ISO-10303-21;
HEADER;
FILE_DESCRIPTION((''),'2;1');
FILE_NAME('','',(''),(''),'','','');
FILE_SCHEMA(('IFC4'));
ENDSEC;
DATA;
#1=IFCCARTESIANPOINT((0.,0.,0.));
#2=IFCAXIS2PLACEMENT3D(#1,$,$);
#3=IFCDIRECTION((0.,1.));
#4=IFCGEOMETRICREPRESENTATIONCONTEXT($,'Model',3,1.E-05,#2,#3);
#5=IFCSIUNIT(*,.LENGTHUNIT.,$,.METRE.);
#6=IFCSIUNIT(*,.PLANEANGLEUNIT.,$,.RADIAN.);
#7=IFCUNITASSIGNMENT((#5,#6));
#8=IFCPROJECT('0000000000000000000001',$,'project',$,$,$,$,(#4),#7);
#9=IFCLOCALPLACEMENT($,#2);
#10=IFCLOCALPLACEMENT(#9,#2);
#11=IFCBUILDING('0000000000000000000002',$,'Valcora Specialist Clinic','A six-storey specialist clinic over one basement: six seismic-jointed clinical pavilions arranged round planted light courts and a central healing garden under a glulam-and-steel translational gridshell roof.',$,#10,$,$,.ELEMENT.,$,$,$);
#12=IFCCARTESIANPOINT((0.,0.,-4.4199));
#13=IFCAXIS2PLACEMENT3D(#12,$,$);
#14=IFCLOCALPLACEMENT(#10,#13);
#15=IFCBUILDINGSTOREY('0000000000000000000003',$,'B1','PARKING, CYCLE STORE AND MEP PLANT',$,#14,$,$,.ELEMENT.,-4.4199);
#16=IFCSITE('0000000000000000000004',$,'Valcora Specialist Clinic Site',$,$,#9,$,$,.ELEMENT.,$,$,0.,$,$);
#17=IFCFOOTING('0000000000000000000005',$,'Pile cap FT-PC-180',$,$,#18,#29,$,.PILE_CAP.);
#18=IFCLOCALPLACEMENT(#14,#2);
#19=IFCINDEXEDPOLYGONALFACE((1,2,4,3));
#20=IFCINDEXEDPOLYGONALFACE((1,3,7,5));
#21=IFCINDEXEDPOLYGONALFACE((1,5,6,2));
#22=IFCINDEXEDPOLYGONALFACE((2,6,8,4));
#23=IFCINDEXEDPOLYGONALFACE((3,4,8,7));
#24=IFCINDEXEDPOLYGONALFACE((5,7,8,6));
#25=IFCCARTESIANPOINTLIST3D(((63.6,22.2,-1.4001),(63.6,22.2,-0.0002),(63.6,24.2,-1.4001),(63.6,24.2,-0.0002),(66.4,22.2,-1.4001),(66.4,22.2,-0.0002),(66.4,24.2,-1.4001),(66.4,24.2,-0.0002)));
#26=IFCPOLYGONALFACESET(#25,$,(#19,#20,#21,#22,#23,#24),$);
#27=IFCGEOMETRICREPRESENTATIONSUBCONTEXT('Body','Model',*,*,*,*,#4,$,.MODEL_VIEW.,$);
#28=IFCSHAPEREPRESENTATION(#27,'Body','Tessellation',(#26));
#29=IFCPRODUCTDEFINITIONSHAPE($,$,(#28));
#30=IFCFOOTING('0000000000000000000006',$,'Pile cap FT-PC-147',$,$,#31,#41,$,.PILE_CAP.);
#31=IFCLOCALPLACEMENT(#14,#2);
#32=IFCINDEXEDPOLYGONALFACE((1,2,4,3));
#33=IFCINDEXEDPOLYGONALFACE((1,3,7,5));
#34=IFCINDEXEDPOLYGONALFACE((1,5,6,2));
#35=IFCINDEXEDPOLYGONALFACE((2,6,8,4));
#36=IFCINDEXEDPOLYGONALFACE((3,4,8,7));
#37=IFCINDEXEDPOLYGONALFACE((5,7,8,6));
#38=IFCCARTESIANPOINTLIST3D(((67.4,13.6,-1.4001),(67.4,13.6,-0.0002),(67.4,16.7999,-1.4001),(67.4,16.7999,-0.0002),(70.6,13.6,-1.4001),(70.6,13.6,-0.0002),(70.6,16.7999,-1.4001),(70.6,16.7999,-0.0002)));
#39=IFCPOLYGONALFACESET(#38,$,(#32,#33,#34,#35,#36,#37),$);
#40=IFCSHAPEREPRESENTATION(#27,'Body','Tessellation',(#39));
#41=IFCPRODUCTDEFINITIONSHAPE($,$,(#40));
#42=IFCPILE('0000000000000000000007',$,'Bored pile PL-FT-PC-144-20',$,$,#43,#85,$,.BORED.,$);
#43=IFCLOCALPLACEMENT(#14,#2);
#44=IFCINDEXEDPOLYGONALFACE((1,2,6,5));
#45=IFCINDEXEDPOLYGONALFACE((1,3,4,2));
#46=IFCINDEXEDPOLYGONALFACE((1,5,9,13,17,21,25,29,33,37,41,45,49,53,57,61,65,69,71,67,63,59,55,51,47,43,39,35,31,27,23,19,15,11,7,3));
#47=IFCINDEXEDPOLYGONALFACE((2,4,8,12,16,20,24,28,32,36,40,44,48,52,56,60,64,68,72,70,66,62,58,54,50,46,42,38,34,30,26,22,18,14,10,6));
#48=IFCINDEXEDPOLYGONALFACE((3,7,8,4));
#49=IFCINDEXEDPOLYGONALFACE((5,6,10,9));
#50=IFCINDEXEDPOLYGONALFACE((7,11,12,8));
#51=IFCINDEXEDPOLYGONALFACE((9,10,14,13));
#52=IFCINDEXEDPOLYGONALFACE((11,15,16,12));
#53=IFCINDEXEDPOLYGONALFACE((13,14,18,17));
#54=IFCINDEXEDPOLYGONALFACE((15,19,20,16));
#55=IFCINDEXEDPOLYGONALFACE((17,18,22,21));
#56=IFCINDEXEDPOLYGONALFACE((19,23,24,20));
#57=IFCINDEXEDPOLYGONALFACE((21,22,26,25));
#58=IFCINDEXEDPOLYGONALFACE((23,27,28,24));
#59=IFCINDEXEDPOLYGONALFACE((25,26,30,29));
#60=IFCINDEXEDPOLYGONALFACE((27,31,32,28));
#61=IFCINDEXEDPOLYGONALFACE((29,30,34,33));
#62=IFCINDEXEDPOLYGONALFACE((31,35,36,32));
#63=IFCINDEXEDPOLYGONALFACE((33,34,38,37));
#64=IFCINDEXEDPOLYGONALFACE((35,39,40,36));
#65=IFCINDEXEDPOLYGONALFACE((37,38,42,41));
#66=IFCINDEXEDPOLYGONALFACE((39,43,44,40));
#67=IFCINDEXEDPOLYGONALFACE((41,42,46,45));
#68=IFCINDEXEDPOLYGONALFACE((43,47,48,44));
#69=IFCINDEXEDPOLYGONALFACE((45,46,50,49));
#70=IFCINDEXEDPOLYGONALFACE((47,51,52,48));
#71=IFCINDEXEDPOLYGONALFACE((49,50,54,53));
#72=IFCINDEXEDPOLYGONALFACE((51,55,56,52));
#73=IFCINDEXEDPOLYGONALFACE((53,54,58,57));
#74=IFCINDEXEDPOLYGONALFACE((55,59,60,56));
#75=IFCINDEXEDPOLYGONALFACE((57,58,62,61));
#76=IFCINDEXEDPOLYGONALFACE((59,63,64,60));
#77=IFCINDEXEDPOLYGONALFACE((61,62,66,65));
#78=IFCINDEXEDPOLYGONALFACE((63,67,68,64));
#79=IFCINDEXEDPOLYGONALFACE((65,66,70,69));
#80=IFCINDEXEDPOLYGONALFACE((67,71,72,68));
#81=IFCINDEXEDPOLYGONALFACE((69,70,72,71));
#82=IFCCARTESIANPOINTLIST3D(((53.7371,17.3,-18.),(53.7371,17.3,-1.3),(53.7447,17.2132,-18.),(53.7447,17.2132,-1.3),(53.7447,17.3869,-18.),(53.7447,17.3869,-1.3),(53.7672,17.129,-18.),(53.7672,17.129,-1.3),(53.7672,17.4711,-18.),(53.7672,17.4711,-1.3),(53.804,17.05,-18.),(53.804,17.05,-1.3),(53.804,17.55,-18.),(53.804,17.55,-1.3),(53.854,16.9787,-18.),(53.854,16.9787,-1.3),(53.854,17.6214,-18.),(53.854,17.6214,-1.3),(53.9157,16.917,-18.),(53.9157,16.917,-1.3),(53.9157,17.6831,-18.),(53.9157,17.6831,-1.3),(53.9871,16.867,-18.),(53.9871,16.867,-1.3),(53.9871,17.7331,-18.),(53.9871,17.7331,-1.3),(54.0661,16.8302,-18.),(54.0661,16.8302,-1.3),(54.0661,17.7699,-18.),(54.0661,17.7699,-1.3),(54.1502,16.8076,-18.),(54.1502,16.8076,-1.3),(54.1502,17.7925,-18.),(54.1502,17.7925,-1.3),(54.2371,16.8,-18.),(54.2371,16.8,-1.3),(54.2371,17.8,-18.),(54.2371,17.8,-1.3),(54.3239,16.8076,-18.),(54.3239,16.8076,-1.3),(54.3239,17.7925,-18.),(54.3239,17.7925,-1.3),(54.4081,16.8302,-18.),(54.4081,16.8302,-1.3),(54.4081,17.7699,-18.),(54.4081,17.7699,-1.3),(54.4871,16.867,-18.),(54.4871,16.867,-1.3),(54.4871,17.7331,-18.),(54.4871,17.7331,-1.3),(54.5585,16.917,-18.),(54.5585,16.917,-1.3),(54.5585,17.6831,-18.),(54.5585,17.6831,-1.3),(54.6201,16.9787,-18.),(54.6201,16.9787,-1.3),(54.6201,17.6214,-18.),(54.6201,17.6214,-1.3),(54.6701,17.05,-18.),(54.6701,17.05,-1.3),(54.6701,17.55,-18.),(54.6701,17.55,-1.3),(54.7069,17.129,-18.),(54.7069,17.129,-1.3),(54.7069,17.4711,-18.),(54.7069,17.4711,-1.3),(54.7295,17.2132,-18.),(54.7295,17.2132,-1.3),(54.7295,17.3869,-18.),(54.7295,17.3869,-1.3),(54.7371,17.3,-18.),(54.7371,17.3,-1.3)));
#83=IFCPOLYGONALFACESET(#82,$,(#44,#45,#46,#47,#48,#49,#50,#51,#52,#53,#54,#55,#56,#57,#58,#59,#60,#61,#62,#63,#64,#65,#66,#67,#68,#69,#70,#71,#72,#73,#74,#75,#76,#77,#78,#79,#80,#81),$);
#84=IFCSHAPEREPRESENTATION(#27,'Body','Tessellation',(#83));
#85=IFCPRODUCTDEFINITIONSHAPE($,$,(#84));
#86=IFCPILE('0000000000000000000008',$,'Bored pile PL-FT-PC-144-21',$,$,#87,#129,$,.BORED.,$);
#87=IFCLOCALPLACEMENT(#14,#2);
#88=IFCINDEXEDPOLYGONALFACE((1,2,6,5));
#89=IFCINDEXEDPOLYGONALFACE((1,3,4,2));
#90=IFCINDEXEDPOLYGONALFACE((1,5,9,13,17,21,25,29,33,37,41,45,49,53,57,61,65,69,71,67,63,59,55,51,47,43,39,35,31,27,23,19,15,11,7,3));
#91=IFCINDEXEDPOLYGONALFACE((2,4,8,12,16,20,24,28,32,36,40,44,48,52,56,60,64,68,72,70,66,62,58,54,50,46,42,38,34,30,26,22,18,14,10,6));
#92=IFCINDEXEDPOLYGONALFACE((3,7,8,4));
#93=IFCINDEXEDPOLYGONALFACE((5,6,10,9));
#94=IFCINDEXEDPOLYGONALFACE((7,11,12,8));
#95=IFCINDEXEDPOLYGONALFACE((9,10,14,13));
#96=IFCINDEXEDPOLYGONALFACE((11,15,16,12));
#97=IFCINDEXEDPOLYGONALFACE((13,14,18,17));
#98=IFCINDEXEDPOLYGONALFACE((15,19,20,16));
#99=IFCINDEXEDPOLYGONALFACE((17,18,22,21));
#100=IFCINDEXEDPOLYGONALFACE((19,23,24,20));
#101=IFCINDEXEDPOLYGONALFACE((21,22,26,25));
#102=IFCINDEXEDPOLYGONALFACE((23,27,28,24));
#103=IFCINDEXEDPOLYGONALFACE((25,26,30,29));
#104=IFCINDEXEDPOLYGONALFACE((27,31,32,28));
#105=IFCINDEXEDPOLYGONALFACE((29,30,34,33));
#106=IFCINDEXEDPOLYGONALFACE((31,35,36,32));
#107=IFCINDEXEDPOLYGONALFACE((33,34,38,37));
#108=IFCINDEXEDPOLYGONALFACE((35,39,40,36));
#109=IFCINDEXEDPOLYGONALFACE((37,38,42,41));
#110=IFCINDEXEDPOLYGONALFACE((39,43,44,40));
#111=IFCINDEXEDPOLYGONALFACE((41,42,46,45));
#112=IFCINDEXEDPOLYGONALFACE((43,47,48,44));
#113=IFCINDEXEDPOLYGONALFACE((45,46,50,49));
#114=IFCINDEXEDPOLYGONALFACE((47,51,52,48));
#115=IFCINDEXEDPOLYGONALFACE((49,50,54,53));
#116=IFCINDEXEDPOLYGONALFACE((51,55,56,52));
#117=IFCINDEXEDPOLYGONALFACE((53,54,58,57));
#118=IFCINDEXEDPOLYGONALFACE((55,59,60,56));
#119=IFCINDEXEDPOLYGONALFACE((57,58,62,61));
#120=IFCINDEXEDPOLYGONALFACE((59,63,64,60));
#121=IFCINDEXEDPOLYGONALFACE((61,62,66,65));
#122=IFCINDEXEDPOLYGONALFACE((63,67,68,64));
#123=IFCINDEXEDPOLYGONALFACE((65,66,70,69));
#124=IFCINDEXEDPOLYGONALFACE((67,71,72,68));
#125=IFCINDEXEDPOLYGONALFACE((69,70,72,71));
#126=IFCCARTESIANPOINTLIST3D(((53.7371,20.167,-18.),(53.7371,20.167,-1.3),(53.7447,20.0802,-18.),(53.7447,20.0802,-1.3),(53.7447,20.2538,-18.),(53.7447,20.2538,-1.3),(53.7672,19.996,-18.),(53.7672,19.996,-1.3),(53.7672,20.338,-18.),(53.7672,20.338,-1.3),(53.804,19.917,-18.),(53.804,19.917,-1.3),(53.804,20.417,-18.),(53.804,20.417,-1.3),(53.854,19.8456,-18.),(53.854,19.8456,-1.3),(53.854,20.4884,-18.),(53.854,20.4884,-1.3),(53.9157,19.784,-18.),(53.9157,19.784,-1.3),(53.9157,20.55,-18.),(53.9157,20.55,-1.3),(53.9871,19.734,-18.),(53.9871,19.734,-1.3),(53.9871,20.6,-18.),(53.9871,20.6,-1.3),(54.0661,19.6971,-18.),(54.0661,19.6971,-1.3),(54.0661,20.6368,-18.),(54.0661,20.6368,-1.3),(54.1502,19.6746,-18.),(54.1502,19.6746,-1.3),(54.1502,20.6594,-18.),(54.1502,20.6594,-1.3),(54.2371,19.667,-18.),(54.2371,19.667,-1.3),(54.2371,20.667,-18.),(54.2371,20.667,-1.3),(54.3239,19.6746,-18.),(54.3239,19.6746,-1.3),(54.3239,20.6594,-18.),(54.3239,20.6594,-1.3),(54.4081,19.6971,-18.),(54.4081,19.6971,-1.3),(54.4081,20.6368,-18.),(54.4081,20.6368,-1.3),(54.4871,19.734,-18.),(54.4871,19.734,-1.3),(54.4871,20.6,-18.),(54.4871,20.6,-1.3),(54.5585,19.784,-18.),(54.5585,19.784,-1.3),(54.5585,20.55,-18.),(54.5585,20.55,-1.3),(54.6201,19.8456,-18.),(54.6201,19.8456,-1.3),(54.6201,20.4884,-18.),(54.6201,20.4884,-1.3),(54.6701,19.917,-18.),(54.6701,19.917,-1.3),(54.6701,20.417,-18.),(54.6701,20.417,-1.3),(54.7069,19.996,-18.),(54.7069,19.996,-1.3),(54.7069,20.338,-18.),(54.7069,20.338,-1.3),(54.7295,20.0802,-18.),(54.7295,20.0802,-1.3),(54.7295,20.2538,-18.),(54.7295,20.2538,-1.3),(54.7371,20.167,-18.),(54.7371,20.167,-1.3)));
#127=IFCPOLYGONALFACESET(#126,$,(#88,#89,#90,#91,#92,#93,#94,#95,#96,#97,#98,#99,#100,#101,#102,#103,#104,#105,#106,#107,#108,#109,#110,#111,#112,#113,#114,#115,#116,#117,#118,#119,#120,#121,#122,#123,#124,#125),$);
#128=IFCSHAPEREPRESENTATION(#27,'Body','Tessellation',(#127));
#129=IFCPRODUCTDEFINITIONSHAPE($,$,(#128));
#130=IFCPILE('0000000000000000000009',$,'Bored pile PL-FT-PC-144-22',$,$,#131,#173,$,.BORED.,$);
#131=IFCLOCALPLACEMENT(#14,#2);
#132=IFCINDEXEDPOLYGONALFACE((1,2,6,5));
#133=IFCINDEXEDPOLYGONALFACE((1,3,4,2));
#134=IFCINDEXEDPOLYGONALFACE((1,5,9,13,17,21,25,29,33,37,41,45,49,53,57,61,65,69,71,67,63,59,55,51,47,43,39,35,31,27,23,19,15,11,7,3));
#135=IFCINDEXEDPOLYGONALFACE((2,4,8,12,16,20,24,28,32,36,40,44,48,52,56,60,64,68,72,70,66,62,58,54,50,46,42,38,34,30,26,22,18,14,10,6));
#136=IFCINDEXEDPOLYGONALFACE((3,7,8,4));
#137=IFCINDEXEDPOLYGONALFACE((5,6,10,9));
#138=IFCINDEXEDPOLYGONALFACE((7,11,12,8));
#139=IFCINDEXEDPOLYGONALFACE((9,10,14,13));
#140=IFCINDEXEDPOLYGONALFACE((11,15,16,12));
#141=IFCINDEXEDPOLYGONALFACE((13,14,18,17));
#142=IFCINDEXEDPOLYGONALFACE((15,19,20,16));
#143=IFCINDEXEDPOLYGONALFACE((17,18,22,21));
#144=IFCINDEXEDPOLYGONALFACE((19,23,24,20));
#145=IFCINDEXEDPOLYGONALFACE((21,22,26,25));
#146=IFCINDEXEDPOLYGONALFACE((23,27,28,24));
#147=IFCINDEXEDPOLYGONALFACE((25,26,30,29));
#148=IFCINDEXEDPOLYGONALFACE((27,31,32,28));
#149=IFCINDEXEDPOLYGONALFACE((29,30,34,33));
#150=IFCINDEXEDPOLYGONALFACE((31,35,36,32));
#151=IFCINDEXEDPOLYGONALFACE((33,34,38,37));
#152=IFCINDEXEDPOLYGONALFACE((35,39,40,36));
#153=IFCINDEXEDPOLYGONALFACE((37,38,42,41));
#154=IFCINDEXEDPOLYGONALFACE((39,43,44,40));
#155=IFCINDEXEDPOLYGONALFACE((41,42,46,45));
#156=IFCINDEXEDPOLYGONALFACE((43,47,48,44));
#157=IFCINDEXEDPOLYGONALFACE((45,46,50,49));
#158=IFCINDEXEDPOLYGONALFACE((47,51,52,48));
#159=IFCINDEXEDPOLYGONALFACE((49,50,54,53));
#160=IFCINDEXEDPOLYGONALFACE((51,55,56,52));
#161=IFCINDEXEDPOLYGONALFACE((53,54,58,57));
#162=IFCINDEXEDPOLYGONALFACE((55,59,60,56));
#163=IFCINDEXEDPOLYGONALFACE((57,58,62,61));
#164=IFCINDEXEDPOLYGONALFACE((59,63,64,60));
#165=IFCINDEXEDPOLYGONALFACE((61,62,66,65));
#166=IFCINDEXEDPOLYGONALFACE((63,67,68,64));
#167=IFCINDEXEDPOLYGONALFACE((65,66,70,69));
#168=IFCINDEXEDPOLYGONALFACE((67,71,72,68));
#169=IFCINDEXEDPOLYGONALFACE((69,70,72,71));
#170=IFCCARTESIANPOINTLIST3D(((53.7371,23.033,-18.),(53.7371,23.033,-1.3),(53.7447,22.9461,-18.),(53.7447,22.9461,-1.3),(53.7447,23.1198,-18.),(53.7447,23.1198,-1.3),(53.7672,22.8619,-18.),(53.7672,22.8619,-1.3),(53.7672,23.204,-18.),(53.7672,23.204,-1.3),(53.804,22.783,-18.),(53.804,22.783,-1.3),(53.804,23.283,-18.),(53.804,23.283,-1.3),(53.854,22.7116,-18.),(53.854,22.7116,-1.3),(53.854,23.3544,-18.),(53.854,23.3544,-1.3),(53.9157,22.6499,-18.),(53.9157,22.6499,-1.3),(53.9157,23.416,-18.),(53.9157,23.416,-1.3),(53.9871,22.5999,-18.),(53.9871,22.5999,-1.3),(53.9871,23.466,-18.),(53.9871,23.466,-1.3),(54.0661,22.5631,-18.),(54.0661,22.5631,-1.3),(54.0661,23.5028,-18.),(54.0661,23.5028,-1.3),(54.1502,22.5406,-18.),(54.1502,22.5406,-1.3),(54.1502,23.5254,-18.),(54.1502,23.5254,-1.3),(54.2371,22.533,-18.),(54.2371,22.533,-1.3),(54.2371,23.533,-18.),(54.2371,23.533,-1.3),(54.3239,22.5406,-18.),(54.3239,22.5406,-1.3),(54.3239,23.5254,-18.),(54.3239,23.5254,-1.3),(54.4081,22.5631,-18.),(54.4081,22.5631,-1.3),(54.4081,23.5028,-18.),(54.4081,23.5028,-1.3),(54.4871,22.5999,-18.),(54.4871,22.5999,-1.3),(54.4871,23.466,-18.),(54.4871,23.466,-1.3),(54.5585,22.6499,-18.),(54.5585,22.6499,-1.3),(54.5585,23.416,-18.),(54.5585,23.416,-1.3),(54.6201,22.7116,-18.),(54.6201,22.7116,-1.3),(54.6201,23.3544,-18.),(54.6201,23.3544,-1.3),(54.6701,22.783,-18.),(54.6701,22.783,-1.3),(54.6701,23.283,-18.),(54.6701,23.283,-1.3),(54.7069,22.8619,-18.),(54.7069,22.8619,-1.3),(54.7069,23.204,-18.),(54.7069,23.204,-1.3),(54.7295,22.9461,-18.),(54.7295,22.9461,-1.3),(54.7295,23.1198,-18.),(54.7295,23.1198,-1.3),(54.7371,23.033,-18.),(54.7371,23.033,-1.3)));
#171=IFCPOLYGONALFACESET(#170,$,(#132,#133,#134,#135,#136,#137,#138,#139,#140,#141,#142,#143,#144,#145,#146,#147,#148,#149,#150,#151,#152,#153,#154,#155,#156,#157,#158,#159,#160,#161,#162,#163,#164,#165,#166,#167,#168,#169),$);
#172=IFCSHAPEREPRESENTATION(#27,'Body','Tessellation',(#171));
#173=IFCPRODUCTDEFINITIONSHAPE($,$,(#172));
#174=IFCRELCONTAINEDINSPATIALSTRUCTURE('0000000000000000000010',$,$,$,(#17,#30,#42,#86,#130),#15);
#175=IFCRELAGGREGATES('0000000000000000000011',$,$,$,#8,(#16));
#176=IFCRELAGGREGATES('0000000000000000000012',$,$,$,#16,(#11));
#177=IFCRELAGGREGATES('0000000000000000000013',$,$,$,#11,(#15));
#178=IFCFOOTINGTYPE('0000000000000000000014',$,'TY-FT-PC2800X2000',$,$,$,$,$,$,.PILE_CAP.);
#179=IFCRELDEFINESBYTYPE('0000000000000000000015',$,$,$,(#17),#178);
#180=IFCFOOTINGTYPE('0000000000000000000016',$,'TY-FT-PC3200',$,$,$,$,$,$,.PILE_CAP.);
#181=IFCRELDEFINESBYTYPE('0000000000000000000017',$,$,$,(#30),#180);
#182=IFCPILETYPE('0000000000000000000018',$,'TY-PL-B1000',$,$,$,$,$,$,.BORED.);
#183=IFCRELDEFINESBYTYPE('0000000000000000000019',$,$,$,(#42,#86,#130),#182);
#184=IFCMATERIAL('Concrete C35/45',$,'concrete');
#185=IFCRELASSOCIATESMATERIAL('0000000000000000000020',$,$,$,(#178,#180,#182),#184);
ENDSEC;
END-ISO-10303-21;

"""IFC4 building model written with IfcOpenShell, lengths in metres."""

from ifc_helpers import new_model, si_unit, direction, frame, origin, origin_2d, place, context, subcontext, project, spatial, rectangle, circle, extrude, material, material_profile, profile_set, type_object, element, save


model = new_model("IFC4")

# Units and contexts
model_context = context("Model", 3, precision=1e-05, world=origin(), true_north=direction((0.0, 1.0)))
body_context = subcontext(model_context, "Body", "Model", "MODEL_VIEW")
ifc_project = project(units=[si_unit("LENGTHUNIT", "METRE"), si_unit("PLANEANGLEUNIT", "RADIAN")], contexts=[model_context])

# Site, building, storey
site_placement = place(None, origin())
site = spatial("IfcSite", under=ifc_project, at=site_placement, Name="Valcora Specialist Clinic Site", CompositionType="ELEMENT", RefElevation=0.0)
building_placement = place(site_placement, origin())
building = spatial("IfcBuilding", under=site, at=building_placement, Name="Valcora Specialist Clinic", Description="A six-storey specialist clinic over one basement: six seismic-jointed clinical pavilions arranged round planted light courts and a central healing garden under a glulam-and-steel translational gridshell roof.", CompositionType="ELEMENT")
storey_placement = place(building_placement, frame((0.0, 0.0, -4.4199)))
storey = spatial("IfcBuildingStorey", under=building, at=storey_placement, Name="B1", Description="PARKING, CYCLE STORE AND MEP PLANT", CompositionType="ELEMENT", Elevation=-4.4199)

# Footings
ifc_material_1 = material(Name="Concrete C35/45", Category="concrete")
footing_type_1 = type_object("IfcFootingType", Name="TY-FT-PC2800X2000", PredefinedType="PILE_CAP", material=ifc_material_1)
footing_1_placement = place(storey_placement, frame((65.0, 23.2, -1.4001), z_axis=(0.0, 0.0, 1.0), x_axis=(1.0, 0.0, 0.0)))
element("IfcFooting", 1, at=footing_1_placement, inside=storey, type_object=footing_type_1, Name="Pile cap FT-PC-180", PredefinedType="PILE_CAP", context=body_context, shape_type="SweptSolid", body=[
    extrude(rectangle(XDim=2.8, YDim=2.0, at=origin_2d()), origin(), (0.0, 0.0, 1.0), 1.3999),
])
footing_type_2 = type_object("IfcFootingType", Name="TY-FT-PC3200", PredefinedType="PILE_CAP", material=ifc_material_1)
footing_2_placement = place(storey_placement, frame((69.0, 15.2, -1.4001), z_axis=(0.0, 0.0, 1.0), x_axis=(1.0, 0.0, 0.0)))
element("IfcFooting", 2, at=footing_2_placement, inside=storey, type_object=footing_type_2, Name="Pile cap FT-PC-147", PredefinedType="PILE_CAP", context=body_context, shape_type="SweptSolid", body=[
    extrude(rectangle(XDim=3.2, YDim=3.2, at=origin_2d()), origin(), (0.0, 0.0, 1.0), 1.3999),
])

# Piles
ifc_material_profile_1 = material_profile(ifc_material_1, circle(Radius=0.5, at=origin_2d()), Name="RC-PIL-D1000")
ifc_profile_set_1 = profile_set([ifc_material_profile_1], Name="Concrete C35/45")
pile_type = type_object("IfcPileType", Name="TY-PL-B1000", PredefinedType="BORED", material=ifc_profile_set_1)
for number, where, z_axis, x_axis, name in (
    (3, (54.2371, 17.3, -1.3), (0.0, 0.0, -1.0), (1.0, 0.0, 0.0), "Bored pile PL-FT-PC-144-20"),
    (4, (54.2371, 20.167, -1.3), (0.0, 0.0, -1.0), (1.0, 0.0, 0.0), "Bored pile PL-FT-PC-144-21"),
    (5, (54.2371, 23.033, -1.3), (0.0, 0.0, -1.0), (1.0, 0.0, 0.0), "Bored pile PL-FT-PC-144-22"),
):
    element("IfcPile", number, at=place(storey_placement, frame(where, z_axis=z_axis, x_axis=x_axis)), inside=storey, type_object=pile_type, Name=name, PredefinedType="BORED", context=body_context, shape_type="SweptSolid", body=[
        extrude(circle(Radius=0.5, at=origin_2d()), origin(), (0.0, 0.0, 1.0), 16.7),
    ])

save(model, "model.ifc")
